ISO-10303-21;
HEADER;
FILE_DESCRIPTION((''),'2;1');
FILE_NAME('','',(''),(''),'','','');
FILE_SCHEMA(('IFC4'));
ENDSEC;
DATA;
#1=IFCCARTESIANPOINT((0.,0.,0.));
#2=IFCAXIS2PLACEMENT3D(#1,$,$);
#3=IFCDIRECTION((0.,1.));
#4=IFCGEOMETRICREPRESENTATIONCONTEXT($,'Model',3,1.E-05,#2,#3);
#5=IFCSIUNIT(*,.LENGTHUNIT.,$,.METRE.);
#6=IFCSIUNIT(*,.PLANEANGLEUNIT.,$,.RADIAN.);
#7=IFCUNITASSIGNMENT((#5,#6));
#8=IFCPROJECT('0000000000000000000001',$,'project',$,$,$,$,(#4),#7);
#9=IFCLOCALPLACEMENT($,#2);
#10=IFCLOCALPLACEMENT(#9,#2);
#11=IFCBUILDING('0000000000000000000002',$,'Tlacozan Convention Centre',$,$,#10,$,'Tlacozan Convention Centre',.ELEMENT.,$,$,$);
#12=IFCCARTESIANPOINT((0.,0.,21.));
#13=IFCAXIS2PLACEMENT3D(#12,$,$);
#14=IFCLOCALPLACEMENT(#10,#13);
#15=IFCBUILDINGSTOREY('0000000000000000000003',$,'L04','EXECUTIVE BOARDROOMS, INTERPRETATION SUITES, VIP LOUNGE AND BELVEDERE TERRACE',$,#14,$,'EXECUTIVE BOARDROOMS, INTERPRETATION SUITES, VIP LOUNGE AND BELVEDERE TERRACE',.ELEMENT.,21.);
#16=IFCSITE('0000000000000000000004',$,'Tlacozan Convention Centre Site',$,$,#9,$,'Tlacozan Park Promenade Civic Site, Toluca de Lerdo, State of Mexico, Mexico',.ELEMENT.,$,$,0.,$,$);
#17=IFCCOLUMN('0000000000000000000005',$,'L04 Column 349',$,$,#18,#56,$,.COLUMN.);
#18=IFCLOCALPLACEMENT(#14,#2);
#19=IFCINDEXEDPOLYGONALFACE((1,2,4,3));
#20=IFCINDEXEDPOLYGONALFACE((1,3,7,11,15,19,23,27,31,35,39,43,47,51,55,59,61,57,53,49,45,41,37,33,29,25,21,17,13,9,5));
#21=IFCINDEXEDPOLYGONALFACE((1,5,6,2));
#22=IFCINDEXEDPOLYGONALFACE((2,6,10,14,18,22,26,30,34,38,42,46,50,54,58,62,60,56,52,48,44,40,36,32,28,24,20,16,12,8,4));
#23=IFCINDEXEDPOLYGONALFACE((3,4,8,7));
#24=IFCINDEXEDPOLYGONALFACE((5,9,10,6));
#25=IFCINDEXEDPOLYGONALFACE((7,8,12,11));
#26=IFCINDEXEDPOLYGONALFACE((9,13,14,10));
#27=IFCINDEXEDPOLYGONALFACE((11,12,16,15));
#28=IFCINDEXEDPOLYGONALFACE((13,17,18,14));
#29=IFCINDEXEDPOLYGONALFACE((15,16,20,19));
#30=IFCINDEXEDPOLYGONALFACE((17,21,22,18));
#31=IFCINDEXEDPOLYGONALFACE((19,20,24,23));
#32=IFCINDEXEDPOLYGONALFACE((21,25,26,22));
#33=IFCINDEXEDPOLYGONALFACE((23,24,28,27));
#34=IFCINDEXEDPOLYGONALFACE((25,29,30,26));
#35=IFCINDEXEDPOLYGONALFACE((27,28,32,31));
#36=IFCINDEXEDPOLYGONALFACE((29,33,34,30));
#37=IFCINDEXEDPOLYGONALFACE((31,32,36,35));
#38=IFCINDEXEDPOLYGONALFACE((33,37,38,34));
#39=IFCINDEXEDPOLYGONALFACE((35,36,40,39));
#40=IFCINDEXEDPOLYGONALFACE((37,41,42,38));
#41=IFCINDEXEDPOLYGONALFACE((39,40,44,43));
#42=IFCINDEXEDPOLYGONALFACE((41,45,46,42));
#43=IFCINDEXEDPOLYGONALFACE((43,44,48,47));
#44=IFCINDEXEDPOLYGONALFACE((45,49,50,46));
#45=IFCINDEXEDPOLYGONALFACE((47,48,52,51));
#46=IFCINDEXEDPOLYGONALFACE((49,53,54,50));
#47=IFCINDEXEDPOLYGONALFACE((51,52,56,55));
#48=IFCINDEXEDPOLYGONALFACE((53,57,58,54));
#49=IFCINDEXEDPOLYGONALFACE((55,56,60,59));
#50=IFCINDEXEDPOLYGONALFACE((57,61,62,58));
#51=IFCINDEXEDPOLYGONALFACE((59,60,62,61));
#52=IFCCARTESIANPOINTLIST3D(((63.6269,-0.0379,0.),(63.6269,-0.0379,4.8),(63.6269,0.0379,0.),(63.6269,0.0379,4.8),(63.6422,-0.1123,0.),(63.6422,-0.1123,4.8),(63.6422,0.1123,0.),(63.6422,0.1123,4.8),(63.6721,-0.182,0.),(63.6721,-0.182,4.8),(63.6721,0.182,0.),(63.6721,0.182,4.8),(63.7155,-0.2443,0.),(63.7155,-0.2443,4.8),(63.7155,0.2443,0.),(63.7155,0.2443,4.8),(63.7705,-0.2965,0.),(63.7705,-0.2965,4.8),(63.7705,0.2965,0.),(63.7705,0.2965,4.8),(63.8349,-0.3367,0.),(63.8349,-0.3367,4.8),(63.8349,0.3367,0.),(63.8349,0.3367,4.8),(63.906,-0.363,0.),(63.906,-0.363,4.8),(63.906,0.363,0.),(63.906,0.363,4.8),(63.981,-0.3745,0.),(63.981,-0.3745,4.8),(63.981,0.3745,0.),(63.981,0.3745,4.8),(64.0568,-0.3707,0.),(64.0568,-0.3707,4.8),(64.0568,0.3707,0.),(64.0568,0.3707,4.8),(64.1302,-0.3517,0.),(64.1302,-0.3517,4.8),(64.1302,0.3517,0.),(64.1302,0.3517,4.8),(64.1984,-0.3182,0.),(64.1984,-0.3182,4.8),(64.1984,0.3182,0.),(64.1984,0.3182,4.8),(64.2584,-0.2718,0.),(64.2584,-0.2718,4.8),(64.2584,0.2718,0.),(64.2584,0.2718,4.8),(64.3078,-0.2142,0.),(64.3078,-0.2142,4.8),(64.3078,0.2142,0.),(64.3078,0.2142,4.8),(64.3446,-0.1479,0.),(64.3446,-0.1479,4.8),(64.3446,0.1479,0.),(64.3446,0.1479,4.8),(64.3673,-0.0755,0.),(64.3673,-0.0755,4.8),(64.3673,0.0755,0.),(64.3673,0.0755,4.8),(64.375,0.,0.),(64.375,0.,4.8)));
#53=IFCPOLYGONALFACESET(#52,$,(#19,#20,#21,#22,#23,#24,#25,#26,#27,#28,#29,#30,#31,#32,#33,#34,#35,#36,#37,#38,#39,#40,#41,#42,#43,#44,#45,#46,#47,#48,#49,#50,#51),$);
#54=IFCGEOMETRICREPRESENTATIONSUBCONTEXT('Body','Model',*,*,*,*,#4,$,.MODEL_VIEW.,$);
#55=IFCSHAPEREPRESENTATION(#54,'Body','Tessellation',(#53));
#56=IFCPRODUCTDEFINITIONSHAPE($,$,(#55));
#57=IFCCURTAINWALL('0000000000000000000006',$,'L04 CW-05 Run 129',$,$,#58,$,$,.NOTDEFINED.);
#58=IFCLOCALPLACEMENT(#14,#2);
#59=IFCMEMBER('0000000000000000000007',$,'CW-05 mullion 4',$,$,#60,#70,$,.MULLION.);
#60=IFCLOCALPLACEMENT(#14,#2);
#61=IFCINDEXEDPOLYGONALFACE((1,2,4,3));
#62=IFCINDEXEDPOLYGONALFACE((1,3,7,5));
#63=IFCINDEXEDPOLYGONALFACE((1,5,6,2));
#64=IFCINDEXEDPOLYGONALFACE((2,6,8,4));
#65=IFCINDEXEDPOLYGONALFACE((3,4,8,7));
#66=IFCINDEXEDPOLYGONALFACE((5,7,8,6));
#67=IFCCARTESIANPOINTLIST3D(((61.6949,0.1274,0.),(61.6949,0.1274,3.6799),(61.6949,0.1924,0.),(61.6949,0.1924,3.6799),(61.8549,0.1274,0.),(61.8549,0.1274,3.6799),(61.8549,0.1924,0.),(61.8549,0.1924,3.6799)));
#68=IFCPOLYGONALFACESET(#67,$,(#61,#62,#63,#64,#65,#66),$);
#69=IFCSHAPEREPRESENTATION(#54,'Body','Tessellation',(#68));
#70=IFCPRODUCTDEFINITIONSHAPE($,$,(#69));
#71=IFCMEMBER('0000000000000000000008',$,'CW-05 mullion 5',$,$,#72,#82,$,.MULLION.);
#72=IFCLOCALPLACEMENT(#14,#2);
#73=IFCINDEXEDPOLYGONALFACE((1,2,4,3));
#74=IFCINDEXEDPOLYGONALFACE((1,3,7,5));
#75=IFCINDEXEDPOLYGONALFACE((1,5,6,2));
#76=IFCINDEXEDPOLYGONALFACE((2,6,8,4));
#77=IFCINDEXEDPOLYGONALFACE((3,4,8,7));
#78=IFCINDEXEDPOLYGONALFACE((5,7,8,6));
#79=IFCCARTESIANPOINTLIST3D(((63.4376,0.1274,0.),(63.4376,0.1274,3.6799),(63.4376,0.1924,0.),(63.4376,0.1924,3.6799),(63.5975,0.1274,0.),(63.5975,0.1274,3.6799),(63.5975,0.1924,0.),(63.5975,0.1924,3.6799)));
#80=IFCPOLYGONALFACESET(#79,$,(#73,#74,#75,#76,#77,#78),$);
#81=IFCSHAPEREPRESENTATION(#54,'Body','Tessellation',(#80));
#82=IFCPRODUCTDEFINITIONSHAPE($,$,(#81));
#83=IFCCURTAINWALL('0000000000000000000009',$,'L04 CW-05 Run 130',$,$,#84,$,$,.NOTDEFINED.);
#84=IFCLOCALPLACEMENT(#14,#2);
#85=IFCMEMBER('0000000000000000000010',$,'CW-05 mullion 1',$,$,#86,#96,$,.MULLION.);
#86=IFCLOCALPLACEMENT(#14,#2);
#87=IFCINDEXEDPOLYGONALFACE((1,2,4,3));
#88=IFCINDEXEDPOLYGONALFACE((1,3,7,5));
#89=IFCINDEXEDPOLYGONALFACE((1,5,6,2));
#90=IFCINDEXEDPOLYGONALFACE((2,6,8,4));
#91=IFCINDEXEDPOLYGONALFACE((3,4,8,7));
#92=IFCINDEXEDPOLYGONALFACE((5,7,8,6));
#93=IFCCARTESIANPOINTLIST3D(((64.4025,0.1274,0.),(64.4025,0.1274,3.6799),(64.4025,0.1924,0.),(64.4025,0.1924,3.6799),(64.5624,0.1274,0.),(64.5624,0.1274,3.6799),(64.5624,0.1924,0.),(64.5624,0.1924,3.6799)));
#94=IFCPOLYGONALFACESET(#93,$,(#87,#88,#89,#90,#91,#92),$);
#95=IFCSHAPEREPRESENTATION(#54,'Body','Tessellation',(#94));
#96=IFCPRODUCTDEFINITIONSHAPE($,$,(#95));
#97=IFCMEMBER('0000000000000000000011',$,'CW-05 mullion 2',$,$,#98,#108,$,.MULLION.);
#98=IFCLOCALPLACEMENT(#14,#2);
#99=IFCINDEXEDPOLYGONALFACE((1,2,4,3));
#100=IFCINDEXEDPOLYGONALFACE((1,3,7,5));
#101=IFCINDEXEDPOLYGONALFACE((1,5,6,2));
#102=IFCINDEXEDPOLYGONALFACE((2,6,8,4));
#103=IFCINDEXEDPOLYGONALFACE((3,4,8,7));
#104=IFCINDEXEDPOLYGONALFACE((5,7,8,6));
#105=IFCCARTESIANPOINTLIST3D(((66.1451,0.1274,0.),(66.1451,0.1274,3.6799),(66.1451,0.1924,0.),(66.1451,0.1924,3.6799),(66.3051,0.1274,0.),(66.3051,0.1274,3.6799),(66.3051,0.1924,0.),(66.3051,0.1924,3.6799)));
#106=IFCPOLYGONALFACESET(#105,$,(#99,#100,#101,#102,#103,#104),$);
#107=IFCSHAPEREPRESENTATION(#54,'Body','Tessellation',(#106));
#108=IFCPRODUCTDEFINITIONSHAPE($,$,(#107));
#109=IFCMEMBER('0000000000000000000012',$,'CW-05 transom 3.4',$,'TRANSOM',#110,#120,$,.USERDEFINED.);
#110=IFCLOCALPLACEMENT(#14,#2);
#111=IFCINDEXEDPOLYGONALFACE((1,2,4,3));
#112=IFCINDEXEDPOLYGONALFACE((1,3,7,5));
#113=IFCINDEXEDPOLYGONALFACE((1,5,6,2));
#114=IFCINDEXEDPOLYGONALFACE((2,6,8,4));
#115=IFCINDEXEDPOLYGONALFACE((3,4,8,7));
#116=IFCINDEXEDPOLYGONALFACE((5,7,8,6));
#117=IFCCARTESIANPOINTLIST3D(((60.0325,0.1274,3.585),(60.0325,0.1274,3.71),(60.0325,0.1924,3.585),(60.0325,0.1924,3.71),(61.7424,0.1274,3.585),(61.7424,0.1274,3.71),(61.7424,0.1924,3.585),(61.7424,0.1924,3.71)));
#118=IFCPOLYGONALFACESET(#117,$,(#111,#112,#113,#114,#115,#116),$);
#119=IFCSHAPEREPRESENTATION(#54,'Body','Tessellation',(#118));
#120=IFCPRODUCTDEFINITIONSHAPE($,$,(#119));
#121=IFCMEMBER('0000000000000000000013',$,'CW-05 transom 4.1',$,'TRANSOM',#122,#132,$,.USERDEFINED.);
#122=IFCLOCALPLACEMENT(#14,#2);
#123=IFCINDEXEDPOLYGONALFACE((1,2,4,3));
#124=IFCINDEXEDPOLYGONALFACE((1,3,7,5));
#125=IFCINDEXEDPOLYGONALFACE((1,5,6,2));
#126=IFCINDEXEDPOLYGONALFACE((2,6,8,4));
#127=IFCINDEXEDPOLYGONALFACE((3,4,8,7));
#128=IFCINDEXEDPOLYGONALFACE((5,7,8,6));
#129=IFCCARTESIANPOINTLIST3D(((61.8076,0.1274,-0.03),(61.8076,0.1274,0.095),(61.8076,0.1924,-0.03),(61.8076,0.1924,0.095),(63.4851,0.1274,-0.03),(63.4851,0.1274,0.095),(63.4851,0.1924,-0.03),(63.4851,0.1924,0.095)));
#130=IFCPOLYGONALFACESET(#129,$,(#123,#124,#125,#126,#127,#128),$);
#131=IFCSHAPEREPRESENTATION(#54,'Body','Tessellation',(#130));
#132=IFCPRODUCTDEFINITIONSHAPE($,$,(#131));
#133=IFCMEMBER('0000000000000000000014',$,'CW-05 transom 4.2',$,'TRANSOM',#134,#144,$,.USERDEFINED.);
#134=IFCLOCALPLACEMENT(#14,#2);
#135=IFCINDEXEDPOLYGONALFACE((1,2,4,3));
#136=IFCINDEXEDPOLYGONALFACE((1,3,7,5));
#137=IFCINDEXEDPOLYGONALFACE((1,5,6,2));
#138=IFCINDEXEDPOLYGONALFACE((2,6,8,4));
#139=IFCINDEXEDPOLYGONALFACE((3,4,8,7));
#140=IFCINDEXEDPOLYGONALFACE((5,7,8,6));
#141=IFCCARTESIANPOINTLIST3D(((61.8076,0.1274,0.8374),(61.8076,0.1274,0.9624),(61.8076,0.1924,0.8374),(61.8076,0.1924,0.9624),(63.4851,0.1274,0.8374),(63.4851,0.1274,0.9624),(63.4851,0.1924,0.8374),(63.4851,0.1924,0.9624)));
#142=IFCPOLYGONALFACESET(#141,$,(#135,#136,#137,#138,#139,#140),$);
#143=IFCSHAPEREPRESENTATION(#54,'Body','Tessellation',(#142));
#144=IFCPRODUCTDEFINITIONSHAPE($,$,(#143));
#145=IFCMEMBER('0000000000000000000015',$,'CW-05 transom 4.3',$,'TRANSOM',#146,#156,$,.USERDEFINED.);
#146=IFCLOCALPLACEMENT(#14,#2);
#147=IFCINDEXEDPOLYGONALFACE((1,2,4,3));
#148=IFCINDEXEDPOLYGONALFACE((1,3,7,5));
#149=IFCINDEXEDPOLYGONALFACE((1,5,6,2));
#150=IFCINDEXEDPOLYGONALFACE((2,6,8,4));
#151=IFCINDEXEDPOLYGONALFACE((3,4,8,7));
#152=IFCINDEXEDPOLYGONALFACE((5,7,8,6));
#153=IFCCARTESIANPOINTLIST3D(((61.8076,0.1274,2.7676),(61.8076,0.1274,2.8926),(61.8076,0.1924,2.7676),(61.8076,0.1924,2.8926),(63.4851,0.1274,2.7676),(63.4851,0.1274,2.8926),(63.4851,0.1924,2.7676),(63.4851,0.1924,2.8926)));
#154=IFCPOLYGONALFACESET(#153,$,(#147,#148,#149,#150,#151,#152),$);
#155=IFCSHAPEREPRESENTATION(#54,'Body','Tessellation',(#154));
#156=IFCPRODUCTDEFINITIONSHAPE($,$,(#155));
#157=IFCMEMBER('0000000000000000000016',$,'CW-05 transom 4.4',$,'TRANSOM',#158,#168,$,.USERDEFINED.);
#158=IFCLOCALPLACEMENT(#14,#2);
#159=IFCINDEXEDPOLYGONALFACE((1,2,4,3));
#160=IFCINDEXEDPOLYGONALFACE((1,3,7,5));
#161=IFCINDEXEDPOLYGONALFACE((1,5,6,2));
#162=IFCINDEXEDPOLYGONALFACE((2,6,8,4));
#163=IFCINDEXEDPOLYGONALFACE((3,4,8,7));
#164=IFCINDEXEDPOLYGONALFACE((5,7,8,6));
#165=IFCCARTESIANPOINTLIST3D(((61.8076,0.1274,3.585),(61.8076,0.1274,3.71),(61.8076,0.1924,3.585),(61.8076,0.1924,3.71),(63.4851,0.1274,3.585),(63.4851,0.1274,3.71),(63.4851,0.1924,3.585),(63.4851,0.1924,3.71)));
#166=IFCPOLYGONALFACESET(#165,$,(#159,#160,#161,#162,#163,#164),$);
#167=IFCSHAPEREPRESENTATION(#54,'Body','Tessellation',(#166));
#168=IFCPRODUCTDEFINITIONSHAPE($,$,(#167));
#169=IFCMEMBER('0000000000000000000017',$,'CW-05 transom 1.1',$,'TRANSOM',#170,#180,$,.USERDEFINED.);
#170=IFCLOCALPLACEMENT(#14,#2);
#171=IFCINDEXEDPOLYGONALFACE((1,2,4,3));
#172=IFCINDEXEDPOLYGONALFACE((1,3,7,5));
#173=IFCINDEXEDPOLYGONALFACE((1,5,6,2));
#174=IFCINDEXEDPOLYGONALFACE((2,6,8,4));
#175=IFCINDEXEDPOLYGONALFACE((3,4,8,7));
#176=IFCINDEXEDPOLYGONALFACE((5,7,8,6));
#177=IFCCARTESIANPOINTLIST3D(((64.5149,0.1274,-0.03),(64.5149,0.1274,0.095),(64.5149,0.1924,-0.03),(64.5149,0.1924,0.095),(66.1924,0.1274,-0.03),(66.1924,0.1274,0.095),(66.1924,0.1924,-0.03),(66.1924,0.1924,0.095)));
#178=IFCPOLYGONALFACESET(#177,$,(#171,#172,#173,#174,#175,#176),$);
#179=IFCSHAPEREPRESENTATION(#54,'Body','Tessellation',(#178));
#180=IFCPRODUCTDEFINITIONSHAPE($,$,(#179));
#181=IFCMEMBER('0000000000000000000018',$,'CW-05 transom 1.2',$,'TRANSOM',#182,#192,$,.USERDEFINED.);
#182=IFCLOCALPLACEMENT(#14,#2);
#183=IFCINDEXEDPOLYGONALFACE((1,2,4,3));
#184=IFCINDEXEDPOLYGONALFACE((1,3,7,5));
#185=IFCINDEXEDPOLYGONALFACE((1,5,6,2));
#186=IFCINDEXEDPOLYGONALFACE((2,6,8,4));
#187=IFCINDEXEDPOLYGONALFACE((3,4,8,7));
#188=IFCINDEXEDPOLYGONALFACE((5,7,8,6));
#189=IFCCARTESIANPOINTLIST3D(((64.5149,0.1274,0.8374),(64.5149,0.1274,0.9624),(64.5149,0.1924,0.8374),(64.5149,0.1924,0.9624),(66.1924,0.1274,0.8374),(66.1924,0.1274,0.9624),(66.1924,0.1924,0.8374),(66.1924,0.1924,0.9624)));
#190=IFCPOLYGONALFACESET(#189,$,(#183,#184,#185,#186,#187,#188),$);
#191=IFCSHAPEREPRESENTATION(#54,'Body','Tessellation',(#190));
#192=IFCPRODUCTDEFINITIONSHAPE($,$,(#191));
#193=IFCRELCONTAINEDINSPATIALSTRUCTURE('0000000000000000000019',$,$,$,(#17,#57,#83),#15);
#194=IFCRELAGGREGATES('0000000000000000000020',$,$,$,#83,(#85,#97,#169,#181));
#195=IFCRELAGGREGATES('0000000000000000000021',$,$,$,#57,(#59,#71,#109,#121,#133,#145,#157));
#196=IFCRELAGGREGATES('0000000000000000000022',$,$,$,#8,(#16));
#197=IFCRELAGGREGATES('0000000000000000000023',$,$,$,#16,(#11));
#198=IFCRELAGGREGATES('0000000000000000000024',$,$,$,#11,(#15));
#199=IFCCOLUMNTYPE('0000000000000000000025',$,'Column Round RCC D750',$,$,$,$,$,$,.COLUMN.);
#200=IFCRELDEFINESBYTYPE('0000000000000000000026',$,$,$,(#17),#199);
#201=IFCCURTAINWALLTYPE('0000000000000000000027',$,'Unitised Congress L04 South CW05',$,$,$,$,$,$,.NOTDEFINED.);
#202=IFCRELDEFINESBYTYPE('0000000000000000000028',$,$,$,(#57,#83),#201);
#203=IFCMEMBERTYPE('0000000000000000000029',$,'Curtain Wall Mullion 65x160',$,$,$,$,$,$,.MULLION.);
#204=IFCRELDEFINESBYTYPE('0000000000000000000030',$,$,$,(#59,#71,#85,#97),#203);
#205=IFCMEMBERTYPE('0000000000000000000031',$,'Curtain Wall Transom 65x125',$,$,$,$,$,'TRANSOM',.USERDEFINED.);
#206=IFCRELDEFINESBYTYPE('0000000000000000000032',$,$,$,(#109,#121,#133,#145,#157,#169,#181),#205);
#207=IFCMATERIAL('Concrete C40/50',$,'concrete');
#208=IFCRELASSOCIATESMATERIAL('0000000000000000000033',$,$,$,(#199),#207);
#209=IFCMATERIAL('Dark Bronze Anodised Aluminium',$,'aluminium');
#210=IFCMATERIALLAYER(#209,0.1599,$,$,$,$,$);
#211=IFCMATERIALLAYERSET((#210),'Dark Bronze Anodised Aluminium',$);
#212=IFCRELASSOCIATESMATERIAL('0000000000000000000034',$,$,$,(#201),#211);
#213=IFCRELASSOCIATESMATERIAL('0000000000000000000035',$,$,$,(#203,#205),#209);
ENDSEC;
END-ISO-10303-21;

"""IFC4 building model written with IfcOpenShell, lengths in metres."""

from ifc_helpers import new_model, si_unit, direction, frame, origin, origin_2d, place, context, subcontext, project, spatial, rectangle, circle, extrude, material, layer, layer_set, material_profile, profile_set, type_object, element, aggregate, save


model = new_model("IFC4")

# Units and contexts
model_context = context("Model", 3, precision=1e-05, world=origin(), true_north=direction((0.0, 1.0)))
body_context = subcontext(model_context, "Body", "Model", "MODEL_VIEW")
ifc_project = project(units=[si_unit("LENGTHUNIT", "METRE"), si_unit("PLANEANGLEUNIT", "RADIAN")], contexts=[model_context])

# Site, building, storey
site_placement = place(None, origin())
site = spatial("IfcSite", under=ifc_project, at=site_placement, Name="Tlacozan Convention Centre Site", LongName="Tlacozan Park Promenade Civic Site, Toluca de Lerdo, State of Mexico, Mexico", CompositionType="ELEMENT", RefElevation=0.0)
building_placement = place(site_placement, origin())
building = spatial("IfcBuilding", under=site, at=building_placement, Name="Tlacozan Convention Centre", LongName="Tlacozan Convention Centre", CompositionType="ELEMENT")
storey_placement = place(building_placement, frame((0.0, 0.0, 21.0)))
storey = spatial("IfcBuildingStorey", under=building, at=storey_placement, Name="L04", Description="EXECUTIVE BOARDROOMS, INTERPRETATION SUITES, VIP LOUNGE AND BELVEDERE TERRACE", LongName="EXECUTIVE BOARDROOMS, INTERPRETATION SUITES, VIP LOUNGE AND BELVEDERE TERRACE", CompositionType="ELEMENT", Elevation=21.0)

# Column
ifc_material_1 = material(Name="Concrete C40/50", Category="concrete")
ifc_material_profile_1 = material_profile(ifc_material_1, circle(Radius=0.375, at=origin_2d()), Name="RCC D750")
ifc_profile_set_1 = profile_set([ifc_material_profile_1], Name="Concrete C40/50")
column_type = type_object("IfcColumnType", Name="Column Round RCC D750", PredefinedType="COLUMN", material=ifc_profile_set_1)
column_placement = place(storey_placement, frame((64.0, 0.0, 0.0), z_axis=(0.0, 0.0, 1.0), x_axis=(1.0, 0.0, 0.0)))
element("IfcColumn", 1, at=column_placement, inside=storey, type_object=column_type, Name="L04 Column 349", PredefinedType="COLUMN", context=body_context, shape_type="SweptSolid", body=[
    extrude(circle(Radius=0.375, at=origin_2d()), origin(), (0.0, 0.0, 1.0), 4.8),
])

# Curtain walls, members
ifc_material_2 = material(Name="Dark Bronze Anodised Aluminium", Category="aluminium")
ifc_layer_1 = layer(ifc_material_2, 0.1599)
ifc_layer_set_1 = layer_set([ifc_layer_1], Name="Dark Bronze Anodised Aluminium")
curtain_wall_type = type_object("IfcCurtainWallType", Name="Unitised Congress L04 South CW05", PredefinedType="NOTDEFINED", material=ifc_layer_set_1)
curtain_wall_1_placement = place(storey_placement, origin())
curtain_wall_1 = element("IfcCurtainWall", 2, at=curtain_wall_1_placement, inside=storey, type_object=curtain_wall_type, Name="L04 CW-05 Run 129", PredefinedType="NOTDEFINED")
ifc_material_profile_2 = material_profile(ifc_material_2, rectangle(XDim=0.0649, YDim=0.1599, at=origin_2d()), Name="ALU 65x160")
ifc_profile_set_2 = profile_set([ifc_material_profile_2], Name="Dark Bronze Anodised Aluminium")
member_type_1 = type_object("IfcMemberType", Name="Curtain Wall Mullion 65x160", PredefinedType="MULLION", material=ifc_profile_set_2)
member_1_placement = place(storey_placement, frame((61.7749, 0.1599, 0.0), z_axis=(0.0, 0.0, 1.0), x_axis=(0.0, 1.0, 0.0)))
member_1 = element("IfcMember", 3, at=member_1_placement, type_object=member_type_1, Name="CW-05 mullion 4", PredefinedType="MULLION", context=body_context, shape_type="SweptSolid", body=[
    extrude(rectangle(XDim=0.0649, YDim=0.1599, at=origin_2d()), origin(), (0.0, 0.0, 1.0), 3.6799),
])
member_2_placement = place(storey_placement, frame((63.5176, 0.1599, 0.0), z_axis=(0.0, 0.0, 1.0), x_axis=(0.0, 1.0, 0.0)))
member_2 = element("IfcMember", 4, at=member_2_placement, type_object=member_type_1, Name="CW-05 mullion 5", PredefinedType="MULLION", context=body_context, shape_type="SweptSolid", body=[
    extrude(rectangle(XDim=0.0649, YDim=0.1599, at=origin_2d()), origin(), (0.0, 0.0, 1.0), 3.6799),
])
curtain_wall_2_placement = place(storey_placement, origin())
curtain_wall_2 = element("IfcCurtainWall", 5, at=curtain_wall_2_placement, inside=storey, type_object=curtain_wall_type, Name="L04 CW-05 Run 130", PredefinedType="NOTDEFINED")
member_3_placement = place(storey_placement, frame((64.4824, 0.1599, 0.0), z_axis=(0.0, 0.0, 1.0), x_axis=(0.0, 1.0, 0.0)))
member_3 = element("IfcMember", 6, at=member_3_placement, type_object=member_type_1, Name="CW-05 mullion 1", PredefinedType="MULLION", context=body_context, shape_type="SweptSolid", body=[
    extrude(rectangle(XDim=0.0649, YDim=0.1599, at=origin_2d()), origin(), (0.0, 0.0, 1.0), 3.6799),
])
member_4_placement = place(storey_placement, frame((66.2251, 0.1599, 0.0), z_axis=(0.0, 0.0, 1.0), x_axis=(0.0, 1.0, 0.0)))
member_4 = element("IfcMember", 7, at=member_4_placement, type_object=member_type_1, Name="CW-05 mullion 2", PredefinedType="MULLION", context=body_context, shape_type="SweptSolid", body=[
    extrude(rectangle(XDim=0.0649, YDim=0.1599, at=origin_2d()), origin(), (0.0, 0.0, 1.0), 3.6799),
])

# Members
ifc_material_profile_3 = material_profile(ifc_material_2, rectangle(XDim=0.0649, YDim=0.125, at=origin_2d()), Name="ALU 65x125")
ifc_profile_set_3 = profile_set([ifc_material_profile_3], Name="Dark Bronze Anodised Aluminium")
member_type_2 = type_object("IfcMemberType", Name="Curtain Wall Transom 65x125", ElementType="TRANSOM", PredefinedType="USERDEFINED", material=ifc_profile_set_3)
member_5_placement = place(storey_placement, frame((60.0325, 0.1599, 3.6475), z_axis=(1.0, 0.0, 0.0), x_axis=(0.0, 1.0, 0.0)))
member_5 = element("IfcMember", 8, at=member_5_placement, type_object=member_type_2, Name="CW-05 transom 3.4", ObjectType="TRANSOM", PredefinedType="USERDEFINED", context=body_context, shape_type="SweptSolid", body=[
    extrude(rectangle(XDim=0.0649, YDim=0.125, at=origin_2d()), origin(), (0.0, 0.0, 1.0), 1.71),
])
member_6_placement = place(storey_placement, frame((61.8076, 0.1599, 0.0325), z_axis=(1.0, 0.0, 0.0), x_axis=(0.0, 1.0, 0.0)))
member_6 = element("IfcMember", 9, at=member_6_placement, type_object=member_type_2, Name="CW-05 transom 4.1", ObjectType="TRANSOM", PredefinedType="USERDEFINED", context=body_context, shape_type="SweptSolid", body=[
    extrude(rectangle(XDim=0.0649, YDim=0.125, at=origin_2d()), origin(), (0.0, 0.0, 1.0), 1.6775),
])
member_7_placement = place(storey_placement, frame((61.8076, 0.1599, 0.8999), z_axis=(1.0, 0.0, 0.0), x_axis=(0.0, 1.0, 0.0)))
member_7 = element("IfcMember", 10, at=member_7_placement, type_object=member_type_2, Name="CW-05 transom 4.2", ObjectType="TRANSOM", PredefinedType="USERDEFINED", context=body_context, shape_type="SweptSolid", body=[
    extrude(rectangle(XDim=0.0649, YDim=0.125, at=origin_2d()), origin(), (0.0, 0.0, 1.0), 1.6775),
])
member_8_placement = place(storey_placement, frame((61.8076, 0.1599, 2.8301), z_axis=(1.0, 0.0, 0.0), x_axis=(0.0, 1.0, 0.0)))
member_8 = element("IfcMember", 11, at=member_8_placement, type_object=member_type_2, Name="CW-05 transom 4.3", ObjectType="TRANSOM", PredefinedType="USERDEFINED", context=body_context, shape_type="SweptSolid", body=[
    extrude(rectangle(XDim=0.0649, YDim=0.125, at=origin_2d()), origin(), (0.0, 0.0, 1.0), 1.6775),
])
member_9_placement = place(storey_placement, frame((61.8076, 0.1599, 3.6475), z_axis=(1.0, 0.0, 0.0), x_axis=(0.0, 1.0, 0.0)))
member_9 = element("IfcMember", 12, at=member_9_placement, type_object=member_type_2, Name="CW-05 transom 4.4", ObjectType="TRANSOM", PredefinedType="USERDEFINED", context=body_context, shape_type="SweptSolid", body=[
    extrude(rectangle(XDim=0.0649, YDim=0.125, at=origin_2d()), origin(), (0.0, 0.0, 1.0), 1.6775),
])
member_10_placement = place(storey_placement, frame((64.5149, 0.1599, 0.0325), z_axis=(1.0, 0.0, 0.0), x_axis=(0.0, 1.0, 0.0)))
member_10 = element("IfcMember", 13, at=member_10_placement, type_object=member_type_2, Name="CW-05 transom 1.1", ObjectType="TRANSOM", PredefinedType="USERDEFINED", context=body_context, shape_type="SweptSolid", body=[
    extrude(rectangle(XDim=0.0649, YDim=0.125, at=origin_2d()), origin(), (0.0, 0.0, 1.0), 1.6775),
])
member_11_placement = place(storey_placement, frame((64.5149, 0.1599, 0.8999), z_axis=(1.0, 0.0, 0.0), x_axis=(0.0, 1.0, 0.0)))
member_11 = element("IfcMember", 14, at=member_11_placement, type_object=member_type_2, Name="CW-05 transom 1.2", ObjectType="TRANSOM", PredefinedType="USERDEFINED", context=body_context, shape_type="SweptSolid", body=[
    extrude(rectangle(XDim=0.0649, YDim=0.125, at=origin_2d()), origin(), (0.0, 0.0, 1.0), 1.6775),
])

aggregate(curtain_wall_2, [member_3, member_4, member_10, member_11])
aggregate(curtain_wall_1, [member_1, member_2, member_5, member_6, member_7, member_8, member_9])

save(model, "model.ifc")
